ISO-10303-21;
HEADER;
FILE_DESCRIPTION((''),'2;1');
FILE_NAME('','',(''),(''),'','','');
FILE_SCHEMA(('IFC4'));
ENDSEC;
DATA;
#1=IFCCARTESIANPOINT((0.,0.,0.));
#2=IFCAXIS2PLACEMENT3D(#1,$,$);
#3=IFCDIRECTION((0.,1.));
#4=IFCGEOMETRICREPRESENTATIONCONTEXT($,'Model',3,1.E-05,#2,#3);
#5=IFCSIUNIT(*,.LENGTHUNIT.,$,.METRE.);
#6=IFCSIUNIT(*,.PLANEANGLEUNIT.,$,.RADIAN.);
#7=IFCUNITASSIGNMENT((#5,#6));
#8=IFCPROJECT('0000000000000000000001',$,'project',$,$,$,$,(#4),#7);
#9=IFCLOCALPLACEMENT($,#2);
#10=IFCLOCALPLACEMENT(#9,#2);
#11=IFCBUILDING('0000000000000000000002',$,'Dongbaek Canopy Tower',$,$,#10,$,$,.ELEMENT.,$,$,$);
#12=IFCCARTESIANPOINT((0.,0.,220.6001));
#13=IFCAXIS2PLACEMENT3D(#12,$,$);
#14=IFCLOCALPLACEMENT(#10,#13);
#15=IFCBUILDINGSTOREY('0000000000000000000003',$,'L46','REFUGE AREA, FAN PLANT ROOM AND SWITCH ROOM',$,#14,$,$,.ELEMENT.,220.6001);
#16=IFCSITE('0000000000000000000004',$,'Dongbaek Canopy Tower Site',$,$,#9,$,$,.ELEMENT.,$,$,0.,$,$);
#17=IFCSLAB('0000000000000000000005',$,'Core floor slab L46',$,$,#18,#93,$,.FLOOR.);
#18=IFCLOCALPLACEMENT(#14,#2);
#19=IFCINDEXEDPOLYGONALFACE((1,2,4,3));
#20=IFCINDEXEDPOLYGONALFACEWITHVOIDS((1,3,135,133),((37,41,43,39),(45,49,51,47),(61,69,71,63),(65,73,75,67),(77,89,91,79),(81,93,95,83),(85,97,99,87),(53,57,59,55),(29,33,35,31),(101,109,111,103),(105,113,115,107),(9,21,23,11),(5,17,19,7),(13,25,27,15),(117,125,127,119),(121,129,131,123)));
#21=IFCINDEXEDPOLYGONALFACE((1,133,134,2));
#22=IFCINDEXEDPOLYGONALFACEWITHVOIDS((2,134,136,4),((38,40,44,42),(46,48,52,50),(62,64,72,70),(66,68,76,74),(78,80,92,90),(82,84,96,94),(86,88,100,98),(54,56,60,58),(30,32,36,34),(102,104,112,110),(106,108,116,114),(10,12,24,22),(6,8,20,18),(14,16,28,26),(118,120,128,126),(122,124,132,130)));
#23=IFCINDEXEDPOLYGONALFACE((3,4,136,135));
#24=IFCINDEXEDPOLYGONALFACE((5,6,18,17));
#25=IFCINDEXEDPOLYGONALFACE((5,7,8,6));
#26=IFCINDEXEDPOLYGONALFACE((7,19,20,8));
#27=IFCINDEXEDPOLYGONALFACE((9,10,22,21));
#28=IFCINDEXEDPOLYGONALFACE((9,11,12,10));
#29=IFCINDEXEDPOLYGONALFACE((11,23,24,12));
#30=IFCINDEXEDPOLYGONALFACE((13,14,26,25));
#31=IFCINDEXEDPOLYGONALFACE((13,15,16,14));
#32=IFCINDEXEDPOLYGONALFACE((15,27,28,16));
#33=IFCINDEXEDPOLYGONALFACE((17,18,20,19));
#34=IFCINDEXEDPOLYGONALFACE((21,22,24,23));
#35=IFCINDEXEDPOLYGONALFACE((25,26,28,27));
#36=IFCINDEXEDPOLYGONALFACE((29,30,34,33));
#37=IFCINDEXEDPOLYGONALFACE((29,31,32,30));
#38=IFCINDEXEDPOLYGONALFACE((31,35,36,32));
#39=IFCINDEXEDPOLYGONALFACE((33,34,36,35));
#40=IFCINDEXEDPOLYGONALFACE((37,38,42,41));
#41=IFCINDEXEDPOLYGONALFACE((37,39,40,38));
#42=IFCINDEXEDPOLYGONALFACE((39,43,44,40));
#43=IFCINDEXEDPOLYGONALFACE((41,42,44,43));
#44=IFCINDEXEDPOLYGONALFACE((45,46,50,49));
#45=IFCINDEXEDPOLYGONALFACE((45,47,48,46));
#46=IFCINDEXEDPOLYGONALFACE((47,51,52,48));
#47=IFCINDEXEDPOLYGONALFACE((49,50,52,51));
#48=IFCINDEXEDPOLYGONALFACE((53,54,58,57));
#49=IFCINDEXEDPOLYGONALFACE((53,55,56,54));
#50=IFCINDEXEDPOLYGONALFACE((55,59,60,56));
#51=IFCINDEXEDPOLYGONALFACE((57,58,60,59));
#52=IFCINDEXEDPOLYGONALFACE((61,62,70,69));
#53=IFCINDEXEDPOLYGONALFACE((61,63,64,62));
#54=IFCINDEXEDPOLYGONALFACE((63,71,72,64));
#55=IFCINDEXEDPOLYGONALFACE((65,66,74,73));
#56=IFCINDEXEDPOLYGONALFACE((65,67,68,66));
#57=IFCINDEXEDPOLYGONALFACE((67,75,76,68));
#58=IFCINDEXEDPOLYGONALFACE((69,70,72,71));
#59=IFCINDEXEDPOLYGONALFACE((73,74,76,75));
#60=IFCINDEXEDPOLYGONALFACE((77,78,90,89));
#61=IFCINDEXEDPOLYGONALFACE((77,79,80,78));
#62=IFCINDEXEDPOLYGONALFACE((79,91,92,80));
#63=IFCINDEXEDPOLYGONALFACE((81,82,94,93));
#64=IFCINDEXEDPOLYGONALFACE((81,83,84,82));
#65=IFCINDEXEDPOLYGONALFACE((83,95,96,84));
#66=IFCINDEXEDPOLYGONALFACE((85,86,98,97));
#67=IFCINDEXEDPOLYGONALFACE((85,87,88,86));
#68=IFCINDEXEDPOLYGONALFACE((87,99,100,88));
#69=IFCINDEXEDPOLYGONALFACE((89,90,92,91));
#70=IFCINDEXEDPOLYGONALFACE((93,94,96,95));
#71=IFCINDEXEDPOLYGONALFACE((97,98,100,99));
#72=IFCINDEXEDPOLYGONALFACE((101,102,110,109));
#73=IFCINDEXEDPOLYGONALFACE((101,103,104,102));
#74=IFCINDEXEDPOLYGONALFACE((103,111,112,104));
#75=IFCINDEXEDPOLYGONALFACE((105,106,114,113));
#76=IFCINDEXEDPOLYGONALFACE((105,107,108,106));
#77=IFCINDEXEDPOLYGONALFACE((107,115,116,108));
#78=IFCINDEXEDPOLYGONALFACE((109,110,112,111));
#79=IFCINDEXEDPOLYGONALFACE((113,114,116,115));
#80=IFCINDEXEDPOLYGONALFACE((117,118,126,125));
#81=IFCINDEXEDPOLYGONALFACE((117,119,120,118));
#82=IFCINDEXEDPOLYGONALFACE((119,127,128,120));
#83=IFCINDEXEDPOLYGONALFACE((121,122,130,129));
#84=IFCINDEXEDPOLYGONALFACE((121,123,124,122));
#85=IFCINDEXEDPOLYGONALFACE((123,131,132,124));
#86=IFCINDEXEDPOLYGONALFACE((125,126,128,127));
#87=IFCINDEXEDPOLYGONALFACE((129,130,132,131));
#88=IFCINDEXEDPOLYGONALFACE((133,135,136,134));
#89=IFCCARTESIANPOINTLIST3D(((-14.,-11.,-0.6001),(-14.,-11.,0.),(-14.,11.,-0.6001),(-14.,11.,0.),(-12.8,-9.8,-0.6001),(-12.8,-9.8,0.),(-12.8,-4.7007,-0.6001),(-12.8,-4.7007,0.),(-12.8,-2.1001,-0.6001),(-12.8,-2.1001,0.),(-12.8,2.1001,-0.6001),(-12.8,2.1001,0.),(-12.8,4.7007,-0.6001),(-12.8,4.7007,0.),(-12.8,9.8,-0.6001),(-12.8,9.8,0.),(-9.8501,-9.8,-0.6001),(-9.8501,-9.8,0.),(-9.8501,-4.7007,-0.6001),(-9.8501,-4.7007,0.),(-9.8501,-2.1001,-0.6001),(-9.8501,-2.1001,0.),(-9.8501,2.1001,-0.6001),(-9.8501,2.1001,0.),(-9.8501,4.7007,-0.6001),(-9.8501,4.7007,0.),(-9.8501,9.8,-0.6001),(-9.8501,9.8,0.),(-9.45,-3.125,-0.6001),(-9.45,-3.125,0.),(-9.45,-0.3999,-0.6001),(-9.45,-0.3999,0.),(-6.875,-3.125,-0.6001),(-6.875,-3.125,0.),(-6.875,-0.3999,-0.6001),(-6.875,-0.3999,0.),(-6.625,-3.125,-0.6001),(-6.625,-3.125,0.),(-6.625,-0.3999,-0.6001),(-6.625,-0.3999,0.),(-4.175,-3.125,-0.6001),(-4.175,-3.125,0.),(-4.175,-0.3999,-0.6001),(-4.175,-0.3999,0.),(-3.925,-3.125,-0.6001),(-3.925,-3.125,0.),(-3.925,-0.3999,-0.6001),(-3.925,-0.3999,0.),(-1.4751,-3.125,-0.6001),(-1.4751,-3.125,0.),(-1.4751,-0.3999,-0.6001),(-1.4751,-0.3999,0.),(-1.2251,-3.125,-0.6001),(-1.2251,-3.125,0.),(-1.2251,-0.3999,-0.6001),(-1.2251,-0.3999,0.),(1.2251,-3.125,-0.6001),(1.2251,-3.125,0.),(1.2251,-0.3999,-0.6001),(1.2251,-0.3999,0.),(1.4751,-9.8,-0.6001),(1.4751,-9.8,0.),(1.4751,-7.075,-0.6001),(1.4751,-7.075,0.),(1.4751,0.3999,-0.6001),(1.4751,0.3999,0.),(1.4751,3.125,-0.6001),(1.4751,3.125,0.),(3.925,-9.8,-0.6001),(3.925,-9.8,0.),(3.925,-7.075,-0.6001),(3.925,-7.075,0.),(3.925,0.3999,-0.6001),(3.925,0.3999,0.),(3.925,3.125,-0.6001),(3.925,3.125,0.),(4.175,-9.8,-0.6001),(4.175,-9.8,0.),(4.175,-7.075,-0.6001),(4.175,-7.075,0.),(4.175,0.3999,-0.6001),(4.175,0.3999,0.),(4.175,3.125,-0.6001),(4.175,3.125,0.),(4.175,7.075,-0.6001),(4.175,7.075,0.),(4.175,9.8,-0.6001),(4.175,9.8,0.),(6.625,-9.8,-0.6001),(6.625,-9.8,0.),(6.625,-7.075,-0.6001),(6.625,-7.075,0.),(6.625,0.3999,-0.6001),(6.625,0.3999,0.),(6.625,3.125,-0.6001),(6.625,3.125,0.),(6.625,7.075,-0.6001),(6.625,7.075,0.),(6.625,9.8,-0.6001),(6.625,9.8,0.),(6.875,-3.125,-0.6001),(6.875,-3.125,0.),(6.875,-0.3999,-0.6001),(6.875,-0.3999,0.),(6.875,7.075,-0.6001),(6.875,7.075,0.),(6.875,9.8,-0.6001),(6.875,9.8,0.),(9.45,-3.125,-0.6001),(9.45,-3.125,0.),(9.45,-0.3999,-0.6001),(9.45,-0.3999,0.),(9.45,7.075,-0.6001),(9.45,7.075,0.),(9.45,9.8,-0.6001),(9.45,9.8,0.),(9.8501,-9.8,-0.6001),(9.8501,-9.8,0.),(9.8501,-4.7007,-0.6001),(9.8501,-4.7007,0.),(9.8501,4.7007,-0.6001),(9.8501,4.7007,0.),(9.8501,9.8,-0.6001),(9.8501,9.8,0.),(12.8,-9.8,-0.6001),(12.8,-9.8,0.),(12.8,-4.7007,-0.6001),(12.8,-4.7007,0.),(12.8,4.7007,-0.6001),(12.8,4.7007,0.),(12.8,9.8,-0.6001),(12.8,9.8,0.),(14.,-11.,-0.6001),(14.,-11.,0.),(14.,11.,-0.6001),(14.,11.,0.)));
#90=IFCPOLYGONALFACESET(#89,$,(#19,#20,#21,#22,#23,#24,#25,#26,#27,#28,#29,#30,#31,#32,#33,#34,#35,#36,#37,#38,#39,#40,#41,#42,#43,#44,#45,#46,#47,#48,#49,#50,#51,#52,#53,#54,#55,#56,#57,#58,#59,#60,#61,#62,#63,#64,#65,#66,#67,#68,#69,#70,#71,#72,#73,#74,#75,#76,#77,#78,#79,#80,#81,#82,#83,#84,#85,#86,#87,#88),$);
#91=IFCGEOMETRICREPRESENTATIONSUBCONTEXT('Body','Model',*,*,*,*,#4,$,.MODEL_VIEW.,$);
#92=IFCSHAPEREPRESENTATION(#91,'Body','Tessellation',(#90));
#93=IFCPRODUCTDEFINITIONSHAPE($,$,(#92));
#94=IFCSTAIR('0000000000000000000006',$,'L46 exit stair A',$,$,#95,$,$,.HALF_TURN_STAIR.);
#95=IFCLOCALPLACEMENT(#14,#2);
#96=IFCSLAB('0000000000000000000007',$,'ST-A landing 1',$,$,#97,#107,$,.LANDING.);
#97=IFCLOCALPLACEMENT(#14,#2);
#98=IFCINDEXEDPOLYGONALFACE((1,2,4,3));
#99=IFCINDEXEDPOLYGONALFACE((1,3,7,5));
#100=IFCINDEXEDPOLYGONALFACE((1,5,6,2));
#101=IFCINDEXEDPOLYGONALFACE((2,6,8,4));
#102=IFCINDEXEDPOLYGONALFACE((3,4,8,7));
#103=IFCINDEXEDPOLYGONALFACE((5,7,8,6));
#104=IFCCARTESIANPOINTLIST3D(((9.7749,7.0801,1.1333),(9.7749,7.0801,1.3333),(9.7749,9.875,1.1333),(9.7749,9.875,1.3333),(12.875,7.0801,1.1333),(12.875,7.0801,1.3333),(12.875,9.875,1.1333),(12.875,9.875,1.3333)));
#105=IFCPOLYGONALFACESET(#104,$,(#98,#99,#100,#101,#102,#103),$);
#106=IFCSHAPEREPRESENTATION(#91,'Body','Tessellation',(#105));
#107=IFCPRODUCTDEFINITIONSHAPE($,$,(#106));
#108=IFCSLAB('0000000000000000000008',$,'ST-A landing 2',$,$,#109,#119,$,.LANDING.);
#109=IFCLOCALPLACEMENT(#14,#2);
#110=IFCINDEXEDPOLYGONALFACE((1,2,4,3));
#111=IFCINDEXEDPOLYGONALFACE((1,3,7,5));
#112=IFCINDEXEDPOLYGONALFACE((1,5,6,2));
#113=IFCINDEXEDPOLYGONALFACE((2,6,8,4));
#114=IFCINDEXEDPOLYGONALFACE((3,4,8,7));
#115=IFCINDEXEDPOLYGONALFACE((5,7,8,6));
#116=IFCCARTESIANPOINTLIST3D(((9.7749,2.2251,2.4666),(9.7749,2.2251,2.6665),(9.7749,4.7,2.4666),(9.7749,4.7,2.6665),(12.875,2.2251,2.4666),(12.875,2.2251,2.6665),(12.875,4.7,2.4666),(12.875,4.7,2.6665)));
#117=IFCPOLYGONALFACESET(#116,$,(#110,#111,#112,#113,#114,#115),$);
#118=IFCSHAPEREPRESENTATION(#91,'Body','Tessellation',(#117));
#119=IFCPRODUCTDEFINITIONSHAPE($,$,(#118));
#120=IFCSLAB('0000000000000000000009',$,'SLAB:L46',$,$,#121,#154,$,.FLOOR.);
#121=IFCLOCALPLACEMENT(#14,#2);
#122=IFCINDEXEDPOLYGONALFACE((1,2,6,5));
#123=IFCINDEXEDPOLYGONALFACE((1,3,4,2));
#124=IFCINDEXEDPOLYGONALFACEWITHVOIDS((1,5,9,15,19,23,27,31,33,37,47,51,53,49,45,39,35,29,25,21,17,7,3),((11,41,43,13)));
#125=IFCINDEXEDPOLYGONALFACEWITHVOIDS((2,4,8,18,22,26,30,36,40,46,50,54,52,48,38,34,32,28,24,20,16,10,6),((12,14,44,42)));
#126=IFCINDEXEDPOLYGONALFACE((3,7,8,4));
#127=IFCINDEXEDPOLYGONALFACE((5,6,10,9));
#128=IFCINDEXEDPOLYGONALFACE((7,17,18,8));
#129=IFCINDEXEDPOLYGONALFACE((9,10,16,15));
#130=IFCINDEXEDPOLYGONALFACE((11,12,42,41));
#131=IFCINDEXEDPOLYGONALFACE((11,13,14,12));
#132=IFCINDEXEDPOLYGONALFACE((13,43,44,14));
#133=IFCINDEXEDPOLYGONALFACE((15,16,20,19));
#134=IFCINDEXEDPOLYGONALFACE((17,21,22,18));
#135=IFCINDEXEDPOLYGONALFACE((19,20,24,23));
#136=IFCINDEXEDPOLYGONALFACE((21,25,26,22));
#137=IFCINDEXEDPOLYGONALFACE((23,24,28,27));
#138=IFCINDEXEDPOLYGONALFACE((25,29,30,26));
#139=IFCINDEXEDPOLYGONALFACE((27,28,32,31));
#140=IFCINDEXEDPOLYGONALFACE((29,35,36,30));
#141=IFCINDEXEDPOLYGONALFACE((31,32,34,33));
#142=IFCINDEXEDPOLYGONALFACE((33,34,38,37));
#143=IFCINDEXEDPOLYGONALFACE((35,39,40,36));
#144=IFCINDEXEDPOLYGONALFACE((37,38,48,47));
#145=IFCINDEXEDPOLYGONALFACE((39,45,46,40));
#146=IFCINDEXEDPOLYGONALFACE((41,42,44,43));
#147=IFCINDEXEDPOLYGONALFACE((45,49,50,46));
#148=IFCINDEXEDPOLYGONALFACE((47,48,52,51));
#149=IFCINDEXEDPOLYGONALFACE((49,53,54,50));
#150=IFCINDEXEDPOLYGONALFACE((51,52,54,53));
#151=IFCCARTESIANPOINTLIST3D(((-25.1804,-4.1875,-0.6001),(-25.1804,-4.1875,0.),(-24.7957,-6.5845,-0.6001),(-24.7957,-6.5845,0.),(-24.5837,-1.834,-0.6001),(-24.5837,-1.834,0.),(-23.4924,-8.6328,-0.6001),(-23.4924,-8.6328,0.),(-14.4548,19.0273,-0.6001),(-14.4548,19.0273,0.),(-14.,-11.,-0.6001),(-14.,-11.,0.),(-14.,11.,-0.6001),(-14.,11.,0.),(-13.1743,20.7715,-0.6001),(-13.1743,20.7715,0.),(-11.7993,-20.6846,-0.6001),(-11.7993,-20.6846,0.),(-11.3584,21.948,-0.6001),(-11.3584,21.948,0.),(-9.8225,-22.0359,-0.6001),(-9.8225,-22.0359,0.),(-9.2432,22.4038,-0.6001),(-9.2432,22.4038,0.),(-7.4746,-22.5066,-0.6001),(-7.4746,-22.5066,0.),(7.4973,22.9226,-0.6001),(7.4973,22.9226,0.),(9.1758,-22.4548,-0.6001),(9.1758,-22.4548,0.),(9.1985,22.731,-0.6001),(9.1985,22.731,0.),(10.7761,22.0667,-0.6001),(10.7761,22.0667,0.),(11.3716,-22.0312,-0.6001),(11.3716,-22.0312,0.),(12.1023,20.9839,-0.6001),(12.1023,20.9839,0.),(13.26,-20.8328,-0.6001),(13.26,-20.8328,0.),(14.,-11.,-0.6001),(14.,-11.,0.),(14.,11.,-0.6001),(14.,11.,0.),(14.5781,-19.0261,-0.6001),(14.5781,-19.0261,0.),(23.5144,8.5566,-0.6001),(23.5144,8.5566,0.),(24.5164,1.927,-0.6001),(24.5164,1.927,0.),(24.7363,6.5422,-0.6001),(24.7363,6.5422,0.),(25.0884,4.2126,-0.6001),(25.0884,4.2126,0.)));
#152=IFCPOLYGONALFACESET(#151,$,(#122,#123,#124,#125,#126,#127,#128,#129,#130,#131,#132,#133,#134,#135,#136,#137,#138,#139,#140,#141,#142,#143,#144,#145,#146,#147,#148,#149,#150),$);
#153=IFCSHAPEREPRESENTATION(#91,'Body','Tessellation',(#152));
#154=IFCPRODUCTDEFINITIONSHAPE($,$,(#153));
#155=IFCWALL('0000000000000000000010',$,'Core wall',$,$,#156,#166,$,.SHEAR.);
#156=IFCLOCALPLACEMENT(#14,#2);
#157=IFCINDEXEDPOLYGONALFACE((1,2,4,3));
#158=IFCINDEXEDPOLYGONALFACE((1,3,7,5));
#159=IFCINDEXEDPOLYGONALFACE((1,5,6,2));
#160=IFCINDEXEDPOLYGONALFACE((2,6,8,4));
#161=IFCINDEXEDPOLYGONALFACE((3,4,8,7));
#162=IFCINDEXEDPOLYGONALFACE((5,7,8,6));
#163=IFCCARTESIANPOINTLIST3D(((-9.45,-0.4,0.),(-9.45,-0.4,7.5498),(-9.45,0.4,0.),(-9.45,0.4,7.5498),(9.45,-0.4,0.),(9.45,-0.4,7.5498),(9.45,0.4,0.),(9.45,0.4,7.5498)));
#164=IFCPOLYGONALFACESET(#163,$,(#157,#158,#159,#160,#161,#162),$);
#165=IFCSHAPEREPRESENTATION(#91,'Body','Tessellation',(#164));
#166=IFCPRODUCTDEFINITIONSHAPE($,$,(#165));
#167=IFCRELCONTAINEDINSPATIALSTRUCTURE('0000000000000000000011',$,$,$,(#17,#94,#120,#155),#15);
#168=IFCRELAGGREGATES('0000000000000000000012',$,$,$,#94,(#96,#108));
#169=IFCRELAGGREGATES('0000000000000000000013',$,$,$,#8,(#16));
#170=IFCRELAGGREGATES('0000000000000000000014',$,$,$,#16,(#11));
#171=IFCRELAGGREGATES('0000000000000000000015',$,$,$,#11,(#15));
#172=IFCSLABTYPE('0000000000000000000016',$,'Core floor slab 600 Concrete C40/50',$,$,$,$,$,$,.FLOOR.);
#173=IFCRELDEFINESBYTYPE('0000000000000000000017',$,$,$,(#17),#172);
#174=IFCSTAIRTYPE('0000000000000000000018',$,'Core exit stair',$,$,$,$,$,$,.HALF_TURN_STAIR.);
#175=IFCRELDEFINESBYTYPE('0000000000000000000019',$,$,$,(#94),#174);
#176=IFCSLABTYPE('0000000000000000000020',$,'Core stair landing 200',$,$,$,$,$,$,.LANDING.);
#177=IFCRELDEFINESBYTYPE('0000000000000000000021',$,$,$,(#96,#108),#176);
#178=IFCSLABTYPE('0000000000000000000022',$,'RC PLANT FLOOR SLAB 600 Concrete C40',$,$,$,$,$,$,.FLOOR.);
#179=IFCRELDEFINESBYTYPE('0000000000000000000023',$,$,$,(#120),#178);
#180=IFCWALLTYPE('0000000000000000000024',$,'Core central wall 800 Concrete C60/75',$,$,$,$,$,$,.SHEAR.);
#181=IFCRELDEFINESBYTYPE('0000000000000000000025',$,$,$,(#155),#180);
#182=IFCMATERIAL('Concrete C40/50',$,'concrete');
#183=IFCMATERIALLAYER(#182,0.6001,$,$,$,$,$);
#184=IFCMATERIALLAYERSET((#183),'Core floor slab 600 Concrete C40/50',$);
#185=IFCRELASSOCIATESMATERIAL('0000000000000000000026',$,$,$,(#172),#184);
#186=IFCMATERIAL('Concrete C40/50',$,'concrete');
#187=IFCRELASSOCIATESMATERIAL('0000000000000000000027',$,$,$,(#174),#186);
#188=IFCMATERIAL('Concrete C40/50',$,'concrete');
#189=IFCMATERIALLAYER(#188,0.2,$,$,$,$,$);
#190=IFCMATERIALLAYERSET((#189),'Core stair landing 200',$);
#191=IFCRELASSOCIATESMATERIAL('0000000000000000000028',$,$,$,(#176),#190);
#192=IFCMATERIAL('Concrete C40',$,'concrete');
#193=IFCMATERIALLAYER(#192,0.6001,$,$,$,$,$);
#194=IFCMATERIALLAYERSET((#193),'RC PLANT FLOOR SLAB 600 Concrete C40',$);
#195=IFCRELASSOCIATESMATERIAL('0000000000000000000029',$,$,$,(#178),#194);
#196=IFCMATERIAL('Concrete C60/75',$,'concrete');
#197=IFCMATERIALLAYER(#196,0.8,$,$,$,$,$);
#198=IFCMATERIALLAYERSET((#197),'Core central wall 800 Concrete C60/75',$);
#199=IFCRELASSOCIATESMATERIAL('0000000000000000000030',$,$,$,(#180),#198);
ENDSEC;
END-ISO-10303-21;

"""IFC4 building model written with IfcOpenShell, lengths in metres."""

from ifc_helpers import new_model, si_unit, direction, frame, frame_2d, origin, place, context, subcontext, project, spatial, polyline, rectangle, outline, extrude, material, layer, layer_set, type_object, element, aggregate, save


model = new_model("IFC4")

# Units and contexts
model_context = context("Model", 3, precision=1e-05, world=origin(), true_north=direction((0.0, 1.0)))
body_context = subcontext(model_context, "Body", "Model", "MODEL_VIEW")
ifc_project = project(units=[si_unit("LENGTHUNIT", "METRE"), si_unit("PLANEANGLEUNIT", "RADIAN")], contexts=[model_context])

# Site, building, storey
site_placement = place(None, origin())
site = spatial("IfcSite", under=ifc_project, at=site_placement, Name="Dongbaek Canopy Tower Site", CompositionType="ELEMENT", RefElevation=0.0)
building_placement = place(site_placement, origin())
building = spatial("IfcBuilding", under=site, at=building_placement, Name="Dongbaek Canopy Tower", CompositionType="ELEMENT")
storey_placement = place(building_placement, frame((0.0, 0.0, 220.6001)))
storey = spatial("IfcBuildingStorey", under=building, at=storey_placement, Name="L46", Description="REFUGE AREA, FAN PLANT ROOM AND SWITCH ROOM", CompositionType="ELEMENT", Elevation=220.6001)

# Slab
ifc_material_1 = material(Name="Concrete C40/50", Category="concrete")
ifc_layer_1 = layer(ifc_material_1, 0.6001)
ifc_layer_set_1 = layer_set([ifc_layer_1], Name="Core floor slab 600 Concrete C40/50")
slab_type_1 = type_object("IfcSlabType", Name="Core floor slab 600 Concrete C40/50", PredefinedType="FLOOR", material=ifc_layer_set_1)
slab_1_placement = place(storey_placement, frame((0.0, 0.0, -0.6001)))
element("IfcSlab", 1, at=slab_1_placement, inside=storey, type_object=slab_type_1, Name="Core floor slab L46", PredefinedType="FLOOR", context=body_context, shape_type="SweptSolid", body=[
    extrude(outline(polyline([(14.0, -11.0), (14.0, 11.0), (-14.0, 11.0), (-14.0, -11.0), (14.0, -11.0)]), holes=[polyline([(-12.8, 2.1001), (-9.8501, 2.1001), (-9.8501, -2.1001), (-12.8, -2.1001), (-12.8, 2.1001)]), polyline([(6.625, 9.8), (6.625, 7.075), (4.175, 7.075), (4.175, 9.8), (6.625, 9.8)]), polyline([(9.45, 7.075), (6.875, 7.075), (6.875, 9.8), (9.45, 9.8), (9.45, 7.075)]), polyline([(3.925, 3.125), (3.925, 0.3999), (1.4751, 0.3999), (1.4751, 3.125), (3.925, 3.125)]), polyline([(4.175, 3.125), (6.625, 3.125), (6.625, 0.3999), (4.175, 0.3999), (4.175, 3.125)]), polyline([(-9.45, -0.3999), (-6.875, -0.3999), (-6.875, -3.125), (-9.45, -3.125), (-9.45, -0.3999)]), polyline([(-6.625, -0.3999), (-4.175, -0.3999), (-4.175, -3.125), (-6.625, -3.125), (-6.625, -0.3999)]), polyline([(-3.925, -0.3999), (-1.4751, -0.3999), (-1.4751, -3.125), (-3.925, -3.125), (-3.925, -0.3999)]), polyline([(-1.2251, -0.3999), (1.2251, -0.3999), (1.2251, -3.125), (-1.2251, -3.125), (-1.2251, -0.3999)]), polyline([(9.45, -3.125), (6.875, -3.125), (6.875, -0.3999), (9.45, -0.3999), (9.45, -3.125)]), polyline([(1.4751, -9.8), (1.4751, -7.075), (3.925, -7.075), (3.925, -9.8), (1.4751, -9.8)]), polyline([(4.175, -9.8), (4.175, -7.075), (6.625, -7.075), (6.625, -9.8), (4.175, -9.8)]), polyline([(12.8, 4.7007), (12.8, 9.8), (9.8501, 9.8), (9.8501, 4.7007), (12.8, 4.7007)]), polyline([(-9.8501, 4.7007), (-9.8501, 9.8), (-12.8, 9.8), (-12.8, 4.7007), (-9.8501, 4.7007)]), polyline([(9.8501, -4.7007), (9.8501, -9.8), (12.8, -9.8), (12.8, -4.7007), (9.8501, -4.7007)]), polyline([(-12.8, -4.7007), (-12.8, -9.8), (-9.8501, -9.8), (-9.8501, -4.7007), (-12.8, -4.7007)])]), origin(), (0.0, 0.0, 1.0), 0.6001),
])

# Stair, slabs
ifc_material_2 = material(Name="Concrete C40/50", Category="concrete")
stair_type = type_object("IfcStairType", Name="Core exit stair", PredefinedType="HALF_TURN_STAIR", material=ifc_material_2)
stair_1_placement = place(storey_placement, origin())
stair_1 = element("IfcStair", 2, at=stair_1_placement, inside=storey, type_object=stair_type, Name="L46 exit stair A", PredefinedType="HALF_TURN_STAIR")
ifc_material_3 = material(Name="Concrete C40/50", Category="concrete")
ifc_layer_2 = layer(ifc_material_3, 0.2)
ifc_layer_set_2 = layer_set([ifc_layer_2], Name="Core stair landing 200")
slab_type_2 = type_object("IfcSlabType", Name="Core stair landing 200", PredefinedType="LANDING", material=ifc_layer_set_2)
slab_2_placement = place(storey_placement, frame((0.0, 0.0, 1.1333)))
slab_2 = element("IfcSlab", 3, at=slab_2_placement, type_object=slab_type_2, Name="ST-A landing 1", PredefinedType="LANDING", context=body_context, shape_type="SweptSolid", body=[
    extrude(outline(polyline([(12.875, 7.0801), (12.875, 9.875), (9.7749, 9.875), (9.7749, 7.0801), (12.875, 7.0801)])), origin(), (0.0, 0.0, 1.0), 0.2),
])
slab_3_placement = place(storey_placement, frame((0.0, 0.0, 2.4666)))
slab_3 = element("IfcSlab", 4, at=slab_3_placement, type_object=slab_type_2, Name="ST-A landing 2", PredefinedType="LANDING", context=body_context, shape_type="SweptSolid", body=[
    extrude(outline(polyline([(12.875, 2.2251), (12.875, 4.7), (9.7749, 4.7), (9.7749, 2.2251), (12.875, 2.2251)])), origin(), (0.0, 0.0, 1.0), 0.2),
])
aggregate(stair_1, [slab_2, slab_3])

# Slab
ifc_material_4 = material(Name="Concrete C40", Category="concrete")
ifc_layer_3 = layer(ifc_material_4, 0.6001)
ifc_layer_set_3 = layer_set([ifc_layer_3], Name="RC PLANT FLOOR SLAB 600 Concrete C40")
slab_type_3 = type_object("IfcSlabType", Name="RC PLANT FLOOR SLAB 600 Concrete C40", PredefinedType="FLOOR", material=ifc_layer_set_3)
slab_4_placement = place(storey_placement, frame((0.0, 0.0, -0.6001)))
element("IfcSlab", 5, at=slab_4_placement, inside=storey, type_object=slab_type_3, Name="SLAB:L46", PredefinedType="FLOOR", context=body_context, shape_type="SweptSolid", body=[
    extrude(outline(polyline([(14.5781, -19.0261), (13.26, -20.8328), (11.3716, -22.0312), (9.1758, -22.4548), (-7.4746, -22.5066), (-9.8225, -22.0359), (-11.7993, -20.6846), (-23.4924, -8.6328), (-24.7957, -6.5845), (-25.1804, -4.1875), (-24.5837, -1.834), (-14.4548, 19.0273), (-13.1743, 20.7715), (-11.3584, 21.948), (-9.2432, 22.4038), (7.4973, 22.9226), (9.1985, 22.731), (10.7761, 22.0667), (12.1023, 20.9839), (23.5144, 8.5566), (24.7363, 6.5422), (25.0884, 4.2126), (24.5164, 1.927), (14.5781, -19.0261)]), holes=[polyline([(14.0, 11.0), (-14.0, 11.0), (-14.0, -11.0), (14.0, -11.0), (14.0, 11.0)])]), origin(), (0.0, 0.0, 1.0), 0.6001),
])

# Wall
ifc_material_5 = material(Name="Concrete C60/75", Category="concrete")
ifc_layer_4 = layer(ifc_material_5, 0.8)
ifc_layer_set_4 = layer_set([ifc_layer_4], Name="Core central wall 800 Concrete C60/75")
wall_type_1 = type_object("IfcWallType", Name="Core central wall 800 Concrete C60/75", PredefinedType="SHEAR", material=ifc_layer_set_4)
wall_1_placement = place(storey_placement, frame((-9.45, 0.0, 0.0), z_axis=(0.0, 0.0, 1.0), x_axis=(1.0, 0.0, 0.0)))
element("IfcWall", 6, at=wall_1_placement, inside=storey, type_object=wall_type_1, Name="Core wall", PredefinedType="SHEAR", context=body_context, shape_type="SweptSolid", body=[
    extrude(rectangle(XDim=18.8999, YDim=0.8, at=frame_2d((9.45, 0.0))), origin(), (0.0, 0.0, 1.0), 7.5498),
])

save(model, "model.ifc")
